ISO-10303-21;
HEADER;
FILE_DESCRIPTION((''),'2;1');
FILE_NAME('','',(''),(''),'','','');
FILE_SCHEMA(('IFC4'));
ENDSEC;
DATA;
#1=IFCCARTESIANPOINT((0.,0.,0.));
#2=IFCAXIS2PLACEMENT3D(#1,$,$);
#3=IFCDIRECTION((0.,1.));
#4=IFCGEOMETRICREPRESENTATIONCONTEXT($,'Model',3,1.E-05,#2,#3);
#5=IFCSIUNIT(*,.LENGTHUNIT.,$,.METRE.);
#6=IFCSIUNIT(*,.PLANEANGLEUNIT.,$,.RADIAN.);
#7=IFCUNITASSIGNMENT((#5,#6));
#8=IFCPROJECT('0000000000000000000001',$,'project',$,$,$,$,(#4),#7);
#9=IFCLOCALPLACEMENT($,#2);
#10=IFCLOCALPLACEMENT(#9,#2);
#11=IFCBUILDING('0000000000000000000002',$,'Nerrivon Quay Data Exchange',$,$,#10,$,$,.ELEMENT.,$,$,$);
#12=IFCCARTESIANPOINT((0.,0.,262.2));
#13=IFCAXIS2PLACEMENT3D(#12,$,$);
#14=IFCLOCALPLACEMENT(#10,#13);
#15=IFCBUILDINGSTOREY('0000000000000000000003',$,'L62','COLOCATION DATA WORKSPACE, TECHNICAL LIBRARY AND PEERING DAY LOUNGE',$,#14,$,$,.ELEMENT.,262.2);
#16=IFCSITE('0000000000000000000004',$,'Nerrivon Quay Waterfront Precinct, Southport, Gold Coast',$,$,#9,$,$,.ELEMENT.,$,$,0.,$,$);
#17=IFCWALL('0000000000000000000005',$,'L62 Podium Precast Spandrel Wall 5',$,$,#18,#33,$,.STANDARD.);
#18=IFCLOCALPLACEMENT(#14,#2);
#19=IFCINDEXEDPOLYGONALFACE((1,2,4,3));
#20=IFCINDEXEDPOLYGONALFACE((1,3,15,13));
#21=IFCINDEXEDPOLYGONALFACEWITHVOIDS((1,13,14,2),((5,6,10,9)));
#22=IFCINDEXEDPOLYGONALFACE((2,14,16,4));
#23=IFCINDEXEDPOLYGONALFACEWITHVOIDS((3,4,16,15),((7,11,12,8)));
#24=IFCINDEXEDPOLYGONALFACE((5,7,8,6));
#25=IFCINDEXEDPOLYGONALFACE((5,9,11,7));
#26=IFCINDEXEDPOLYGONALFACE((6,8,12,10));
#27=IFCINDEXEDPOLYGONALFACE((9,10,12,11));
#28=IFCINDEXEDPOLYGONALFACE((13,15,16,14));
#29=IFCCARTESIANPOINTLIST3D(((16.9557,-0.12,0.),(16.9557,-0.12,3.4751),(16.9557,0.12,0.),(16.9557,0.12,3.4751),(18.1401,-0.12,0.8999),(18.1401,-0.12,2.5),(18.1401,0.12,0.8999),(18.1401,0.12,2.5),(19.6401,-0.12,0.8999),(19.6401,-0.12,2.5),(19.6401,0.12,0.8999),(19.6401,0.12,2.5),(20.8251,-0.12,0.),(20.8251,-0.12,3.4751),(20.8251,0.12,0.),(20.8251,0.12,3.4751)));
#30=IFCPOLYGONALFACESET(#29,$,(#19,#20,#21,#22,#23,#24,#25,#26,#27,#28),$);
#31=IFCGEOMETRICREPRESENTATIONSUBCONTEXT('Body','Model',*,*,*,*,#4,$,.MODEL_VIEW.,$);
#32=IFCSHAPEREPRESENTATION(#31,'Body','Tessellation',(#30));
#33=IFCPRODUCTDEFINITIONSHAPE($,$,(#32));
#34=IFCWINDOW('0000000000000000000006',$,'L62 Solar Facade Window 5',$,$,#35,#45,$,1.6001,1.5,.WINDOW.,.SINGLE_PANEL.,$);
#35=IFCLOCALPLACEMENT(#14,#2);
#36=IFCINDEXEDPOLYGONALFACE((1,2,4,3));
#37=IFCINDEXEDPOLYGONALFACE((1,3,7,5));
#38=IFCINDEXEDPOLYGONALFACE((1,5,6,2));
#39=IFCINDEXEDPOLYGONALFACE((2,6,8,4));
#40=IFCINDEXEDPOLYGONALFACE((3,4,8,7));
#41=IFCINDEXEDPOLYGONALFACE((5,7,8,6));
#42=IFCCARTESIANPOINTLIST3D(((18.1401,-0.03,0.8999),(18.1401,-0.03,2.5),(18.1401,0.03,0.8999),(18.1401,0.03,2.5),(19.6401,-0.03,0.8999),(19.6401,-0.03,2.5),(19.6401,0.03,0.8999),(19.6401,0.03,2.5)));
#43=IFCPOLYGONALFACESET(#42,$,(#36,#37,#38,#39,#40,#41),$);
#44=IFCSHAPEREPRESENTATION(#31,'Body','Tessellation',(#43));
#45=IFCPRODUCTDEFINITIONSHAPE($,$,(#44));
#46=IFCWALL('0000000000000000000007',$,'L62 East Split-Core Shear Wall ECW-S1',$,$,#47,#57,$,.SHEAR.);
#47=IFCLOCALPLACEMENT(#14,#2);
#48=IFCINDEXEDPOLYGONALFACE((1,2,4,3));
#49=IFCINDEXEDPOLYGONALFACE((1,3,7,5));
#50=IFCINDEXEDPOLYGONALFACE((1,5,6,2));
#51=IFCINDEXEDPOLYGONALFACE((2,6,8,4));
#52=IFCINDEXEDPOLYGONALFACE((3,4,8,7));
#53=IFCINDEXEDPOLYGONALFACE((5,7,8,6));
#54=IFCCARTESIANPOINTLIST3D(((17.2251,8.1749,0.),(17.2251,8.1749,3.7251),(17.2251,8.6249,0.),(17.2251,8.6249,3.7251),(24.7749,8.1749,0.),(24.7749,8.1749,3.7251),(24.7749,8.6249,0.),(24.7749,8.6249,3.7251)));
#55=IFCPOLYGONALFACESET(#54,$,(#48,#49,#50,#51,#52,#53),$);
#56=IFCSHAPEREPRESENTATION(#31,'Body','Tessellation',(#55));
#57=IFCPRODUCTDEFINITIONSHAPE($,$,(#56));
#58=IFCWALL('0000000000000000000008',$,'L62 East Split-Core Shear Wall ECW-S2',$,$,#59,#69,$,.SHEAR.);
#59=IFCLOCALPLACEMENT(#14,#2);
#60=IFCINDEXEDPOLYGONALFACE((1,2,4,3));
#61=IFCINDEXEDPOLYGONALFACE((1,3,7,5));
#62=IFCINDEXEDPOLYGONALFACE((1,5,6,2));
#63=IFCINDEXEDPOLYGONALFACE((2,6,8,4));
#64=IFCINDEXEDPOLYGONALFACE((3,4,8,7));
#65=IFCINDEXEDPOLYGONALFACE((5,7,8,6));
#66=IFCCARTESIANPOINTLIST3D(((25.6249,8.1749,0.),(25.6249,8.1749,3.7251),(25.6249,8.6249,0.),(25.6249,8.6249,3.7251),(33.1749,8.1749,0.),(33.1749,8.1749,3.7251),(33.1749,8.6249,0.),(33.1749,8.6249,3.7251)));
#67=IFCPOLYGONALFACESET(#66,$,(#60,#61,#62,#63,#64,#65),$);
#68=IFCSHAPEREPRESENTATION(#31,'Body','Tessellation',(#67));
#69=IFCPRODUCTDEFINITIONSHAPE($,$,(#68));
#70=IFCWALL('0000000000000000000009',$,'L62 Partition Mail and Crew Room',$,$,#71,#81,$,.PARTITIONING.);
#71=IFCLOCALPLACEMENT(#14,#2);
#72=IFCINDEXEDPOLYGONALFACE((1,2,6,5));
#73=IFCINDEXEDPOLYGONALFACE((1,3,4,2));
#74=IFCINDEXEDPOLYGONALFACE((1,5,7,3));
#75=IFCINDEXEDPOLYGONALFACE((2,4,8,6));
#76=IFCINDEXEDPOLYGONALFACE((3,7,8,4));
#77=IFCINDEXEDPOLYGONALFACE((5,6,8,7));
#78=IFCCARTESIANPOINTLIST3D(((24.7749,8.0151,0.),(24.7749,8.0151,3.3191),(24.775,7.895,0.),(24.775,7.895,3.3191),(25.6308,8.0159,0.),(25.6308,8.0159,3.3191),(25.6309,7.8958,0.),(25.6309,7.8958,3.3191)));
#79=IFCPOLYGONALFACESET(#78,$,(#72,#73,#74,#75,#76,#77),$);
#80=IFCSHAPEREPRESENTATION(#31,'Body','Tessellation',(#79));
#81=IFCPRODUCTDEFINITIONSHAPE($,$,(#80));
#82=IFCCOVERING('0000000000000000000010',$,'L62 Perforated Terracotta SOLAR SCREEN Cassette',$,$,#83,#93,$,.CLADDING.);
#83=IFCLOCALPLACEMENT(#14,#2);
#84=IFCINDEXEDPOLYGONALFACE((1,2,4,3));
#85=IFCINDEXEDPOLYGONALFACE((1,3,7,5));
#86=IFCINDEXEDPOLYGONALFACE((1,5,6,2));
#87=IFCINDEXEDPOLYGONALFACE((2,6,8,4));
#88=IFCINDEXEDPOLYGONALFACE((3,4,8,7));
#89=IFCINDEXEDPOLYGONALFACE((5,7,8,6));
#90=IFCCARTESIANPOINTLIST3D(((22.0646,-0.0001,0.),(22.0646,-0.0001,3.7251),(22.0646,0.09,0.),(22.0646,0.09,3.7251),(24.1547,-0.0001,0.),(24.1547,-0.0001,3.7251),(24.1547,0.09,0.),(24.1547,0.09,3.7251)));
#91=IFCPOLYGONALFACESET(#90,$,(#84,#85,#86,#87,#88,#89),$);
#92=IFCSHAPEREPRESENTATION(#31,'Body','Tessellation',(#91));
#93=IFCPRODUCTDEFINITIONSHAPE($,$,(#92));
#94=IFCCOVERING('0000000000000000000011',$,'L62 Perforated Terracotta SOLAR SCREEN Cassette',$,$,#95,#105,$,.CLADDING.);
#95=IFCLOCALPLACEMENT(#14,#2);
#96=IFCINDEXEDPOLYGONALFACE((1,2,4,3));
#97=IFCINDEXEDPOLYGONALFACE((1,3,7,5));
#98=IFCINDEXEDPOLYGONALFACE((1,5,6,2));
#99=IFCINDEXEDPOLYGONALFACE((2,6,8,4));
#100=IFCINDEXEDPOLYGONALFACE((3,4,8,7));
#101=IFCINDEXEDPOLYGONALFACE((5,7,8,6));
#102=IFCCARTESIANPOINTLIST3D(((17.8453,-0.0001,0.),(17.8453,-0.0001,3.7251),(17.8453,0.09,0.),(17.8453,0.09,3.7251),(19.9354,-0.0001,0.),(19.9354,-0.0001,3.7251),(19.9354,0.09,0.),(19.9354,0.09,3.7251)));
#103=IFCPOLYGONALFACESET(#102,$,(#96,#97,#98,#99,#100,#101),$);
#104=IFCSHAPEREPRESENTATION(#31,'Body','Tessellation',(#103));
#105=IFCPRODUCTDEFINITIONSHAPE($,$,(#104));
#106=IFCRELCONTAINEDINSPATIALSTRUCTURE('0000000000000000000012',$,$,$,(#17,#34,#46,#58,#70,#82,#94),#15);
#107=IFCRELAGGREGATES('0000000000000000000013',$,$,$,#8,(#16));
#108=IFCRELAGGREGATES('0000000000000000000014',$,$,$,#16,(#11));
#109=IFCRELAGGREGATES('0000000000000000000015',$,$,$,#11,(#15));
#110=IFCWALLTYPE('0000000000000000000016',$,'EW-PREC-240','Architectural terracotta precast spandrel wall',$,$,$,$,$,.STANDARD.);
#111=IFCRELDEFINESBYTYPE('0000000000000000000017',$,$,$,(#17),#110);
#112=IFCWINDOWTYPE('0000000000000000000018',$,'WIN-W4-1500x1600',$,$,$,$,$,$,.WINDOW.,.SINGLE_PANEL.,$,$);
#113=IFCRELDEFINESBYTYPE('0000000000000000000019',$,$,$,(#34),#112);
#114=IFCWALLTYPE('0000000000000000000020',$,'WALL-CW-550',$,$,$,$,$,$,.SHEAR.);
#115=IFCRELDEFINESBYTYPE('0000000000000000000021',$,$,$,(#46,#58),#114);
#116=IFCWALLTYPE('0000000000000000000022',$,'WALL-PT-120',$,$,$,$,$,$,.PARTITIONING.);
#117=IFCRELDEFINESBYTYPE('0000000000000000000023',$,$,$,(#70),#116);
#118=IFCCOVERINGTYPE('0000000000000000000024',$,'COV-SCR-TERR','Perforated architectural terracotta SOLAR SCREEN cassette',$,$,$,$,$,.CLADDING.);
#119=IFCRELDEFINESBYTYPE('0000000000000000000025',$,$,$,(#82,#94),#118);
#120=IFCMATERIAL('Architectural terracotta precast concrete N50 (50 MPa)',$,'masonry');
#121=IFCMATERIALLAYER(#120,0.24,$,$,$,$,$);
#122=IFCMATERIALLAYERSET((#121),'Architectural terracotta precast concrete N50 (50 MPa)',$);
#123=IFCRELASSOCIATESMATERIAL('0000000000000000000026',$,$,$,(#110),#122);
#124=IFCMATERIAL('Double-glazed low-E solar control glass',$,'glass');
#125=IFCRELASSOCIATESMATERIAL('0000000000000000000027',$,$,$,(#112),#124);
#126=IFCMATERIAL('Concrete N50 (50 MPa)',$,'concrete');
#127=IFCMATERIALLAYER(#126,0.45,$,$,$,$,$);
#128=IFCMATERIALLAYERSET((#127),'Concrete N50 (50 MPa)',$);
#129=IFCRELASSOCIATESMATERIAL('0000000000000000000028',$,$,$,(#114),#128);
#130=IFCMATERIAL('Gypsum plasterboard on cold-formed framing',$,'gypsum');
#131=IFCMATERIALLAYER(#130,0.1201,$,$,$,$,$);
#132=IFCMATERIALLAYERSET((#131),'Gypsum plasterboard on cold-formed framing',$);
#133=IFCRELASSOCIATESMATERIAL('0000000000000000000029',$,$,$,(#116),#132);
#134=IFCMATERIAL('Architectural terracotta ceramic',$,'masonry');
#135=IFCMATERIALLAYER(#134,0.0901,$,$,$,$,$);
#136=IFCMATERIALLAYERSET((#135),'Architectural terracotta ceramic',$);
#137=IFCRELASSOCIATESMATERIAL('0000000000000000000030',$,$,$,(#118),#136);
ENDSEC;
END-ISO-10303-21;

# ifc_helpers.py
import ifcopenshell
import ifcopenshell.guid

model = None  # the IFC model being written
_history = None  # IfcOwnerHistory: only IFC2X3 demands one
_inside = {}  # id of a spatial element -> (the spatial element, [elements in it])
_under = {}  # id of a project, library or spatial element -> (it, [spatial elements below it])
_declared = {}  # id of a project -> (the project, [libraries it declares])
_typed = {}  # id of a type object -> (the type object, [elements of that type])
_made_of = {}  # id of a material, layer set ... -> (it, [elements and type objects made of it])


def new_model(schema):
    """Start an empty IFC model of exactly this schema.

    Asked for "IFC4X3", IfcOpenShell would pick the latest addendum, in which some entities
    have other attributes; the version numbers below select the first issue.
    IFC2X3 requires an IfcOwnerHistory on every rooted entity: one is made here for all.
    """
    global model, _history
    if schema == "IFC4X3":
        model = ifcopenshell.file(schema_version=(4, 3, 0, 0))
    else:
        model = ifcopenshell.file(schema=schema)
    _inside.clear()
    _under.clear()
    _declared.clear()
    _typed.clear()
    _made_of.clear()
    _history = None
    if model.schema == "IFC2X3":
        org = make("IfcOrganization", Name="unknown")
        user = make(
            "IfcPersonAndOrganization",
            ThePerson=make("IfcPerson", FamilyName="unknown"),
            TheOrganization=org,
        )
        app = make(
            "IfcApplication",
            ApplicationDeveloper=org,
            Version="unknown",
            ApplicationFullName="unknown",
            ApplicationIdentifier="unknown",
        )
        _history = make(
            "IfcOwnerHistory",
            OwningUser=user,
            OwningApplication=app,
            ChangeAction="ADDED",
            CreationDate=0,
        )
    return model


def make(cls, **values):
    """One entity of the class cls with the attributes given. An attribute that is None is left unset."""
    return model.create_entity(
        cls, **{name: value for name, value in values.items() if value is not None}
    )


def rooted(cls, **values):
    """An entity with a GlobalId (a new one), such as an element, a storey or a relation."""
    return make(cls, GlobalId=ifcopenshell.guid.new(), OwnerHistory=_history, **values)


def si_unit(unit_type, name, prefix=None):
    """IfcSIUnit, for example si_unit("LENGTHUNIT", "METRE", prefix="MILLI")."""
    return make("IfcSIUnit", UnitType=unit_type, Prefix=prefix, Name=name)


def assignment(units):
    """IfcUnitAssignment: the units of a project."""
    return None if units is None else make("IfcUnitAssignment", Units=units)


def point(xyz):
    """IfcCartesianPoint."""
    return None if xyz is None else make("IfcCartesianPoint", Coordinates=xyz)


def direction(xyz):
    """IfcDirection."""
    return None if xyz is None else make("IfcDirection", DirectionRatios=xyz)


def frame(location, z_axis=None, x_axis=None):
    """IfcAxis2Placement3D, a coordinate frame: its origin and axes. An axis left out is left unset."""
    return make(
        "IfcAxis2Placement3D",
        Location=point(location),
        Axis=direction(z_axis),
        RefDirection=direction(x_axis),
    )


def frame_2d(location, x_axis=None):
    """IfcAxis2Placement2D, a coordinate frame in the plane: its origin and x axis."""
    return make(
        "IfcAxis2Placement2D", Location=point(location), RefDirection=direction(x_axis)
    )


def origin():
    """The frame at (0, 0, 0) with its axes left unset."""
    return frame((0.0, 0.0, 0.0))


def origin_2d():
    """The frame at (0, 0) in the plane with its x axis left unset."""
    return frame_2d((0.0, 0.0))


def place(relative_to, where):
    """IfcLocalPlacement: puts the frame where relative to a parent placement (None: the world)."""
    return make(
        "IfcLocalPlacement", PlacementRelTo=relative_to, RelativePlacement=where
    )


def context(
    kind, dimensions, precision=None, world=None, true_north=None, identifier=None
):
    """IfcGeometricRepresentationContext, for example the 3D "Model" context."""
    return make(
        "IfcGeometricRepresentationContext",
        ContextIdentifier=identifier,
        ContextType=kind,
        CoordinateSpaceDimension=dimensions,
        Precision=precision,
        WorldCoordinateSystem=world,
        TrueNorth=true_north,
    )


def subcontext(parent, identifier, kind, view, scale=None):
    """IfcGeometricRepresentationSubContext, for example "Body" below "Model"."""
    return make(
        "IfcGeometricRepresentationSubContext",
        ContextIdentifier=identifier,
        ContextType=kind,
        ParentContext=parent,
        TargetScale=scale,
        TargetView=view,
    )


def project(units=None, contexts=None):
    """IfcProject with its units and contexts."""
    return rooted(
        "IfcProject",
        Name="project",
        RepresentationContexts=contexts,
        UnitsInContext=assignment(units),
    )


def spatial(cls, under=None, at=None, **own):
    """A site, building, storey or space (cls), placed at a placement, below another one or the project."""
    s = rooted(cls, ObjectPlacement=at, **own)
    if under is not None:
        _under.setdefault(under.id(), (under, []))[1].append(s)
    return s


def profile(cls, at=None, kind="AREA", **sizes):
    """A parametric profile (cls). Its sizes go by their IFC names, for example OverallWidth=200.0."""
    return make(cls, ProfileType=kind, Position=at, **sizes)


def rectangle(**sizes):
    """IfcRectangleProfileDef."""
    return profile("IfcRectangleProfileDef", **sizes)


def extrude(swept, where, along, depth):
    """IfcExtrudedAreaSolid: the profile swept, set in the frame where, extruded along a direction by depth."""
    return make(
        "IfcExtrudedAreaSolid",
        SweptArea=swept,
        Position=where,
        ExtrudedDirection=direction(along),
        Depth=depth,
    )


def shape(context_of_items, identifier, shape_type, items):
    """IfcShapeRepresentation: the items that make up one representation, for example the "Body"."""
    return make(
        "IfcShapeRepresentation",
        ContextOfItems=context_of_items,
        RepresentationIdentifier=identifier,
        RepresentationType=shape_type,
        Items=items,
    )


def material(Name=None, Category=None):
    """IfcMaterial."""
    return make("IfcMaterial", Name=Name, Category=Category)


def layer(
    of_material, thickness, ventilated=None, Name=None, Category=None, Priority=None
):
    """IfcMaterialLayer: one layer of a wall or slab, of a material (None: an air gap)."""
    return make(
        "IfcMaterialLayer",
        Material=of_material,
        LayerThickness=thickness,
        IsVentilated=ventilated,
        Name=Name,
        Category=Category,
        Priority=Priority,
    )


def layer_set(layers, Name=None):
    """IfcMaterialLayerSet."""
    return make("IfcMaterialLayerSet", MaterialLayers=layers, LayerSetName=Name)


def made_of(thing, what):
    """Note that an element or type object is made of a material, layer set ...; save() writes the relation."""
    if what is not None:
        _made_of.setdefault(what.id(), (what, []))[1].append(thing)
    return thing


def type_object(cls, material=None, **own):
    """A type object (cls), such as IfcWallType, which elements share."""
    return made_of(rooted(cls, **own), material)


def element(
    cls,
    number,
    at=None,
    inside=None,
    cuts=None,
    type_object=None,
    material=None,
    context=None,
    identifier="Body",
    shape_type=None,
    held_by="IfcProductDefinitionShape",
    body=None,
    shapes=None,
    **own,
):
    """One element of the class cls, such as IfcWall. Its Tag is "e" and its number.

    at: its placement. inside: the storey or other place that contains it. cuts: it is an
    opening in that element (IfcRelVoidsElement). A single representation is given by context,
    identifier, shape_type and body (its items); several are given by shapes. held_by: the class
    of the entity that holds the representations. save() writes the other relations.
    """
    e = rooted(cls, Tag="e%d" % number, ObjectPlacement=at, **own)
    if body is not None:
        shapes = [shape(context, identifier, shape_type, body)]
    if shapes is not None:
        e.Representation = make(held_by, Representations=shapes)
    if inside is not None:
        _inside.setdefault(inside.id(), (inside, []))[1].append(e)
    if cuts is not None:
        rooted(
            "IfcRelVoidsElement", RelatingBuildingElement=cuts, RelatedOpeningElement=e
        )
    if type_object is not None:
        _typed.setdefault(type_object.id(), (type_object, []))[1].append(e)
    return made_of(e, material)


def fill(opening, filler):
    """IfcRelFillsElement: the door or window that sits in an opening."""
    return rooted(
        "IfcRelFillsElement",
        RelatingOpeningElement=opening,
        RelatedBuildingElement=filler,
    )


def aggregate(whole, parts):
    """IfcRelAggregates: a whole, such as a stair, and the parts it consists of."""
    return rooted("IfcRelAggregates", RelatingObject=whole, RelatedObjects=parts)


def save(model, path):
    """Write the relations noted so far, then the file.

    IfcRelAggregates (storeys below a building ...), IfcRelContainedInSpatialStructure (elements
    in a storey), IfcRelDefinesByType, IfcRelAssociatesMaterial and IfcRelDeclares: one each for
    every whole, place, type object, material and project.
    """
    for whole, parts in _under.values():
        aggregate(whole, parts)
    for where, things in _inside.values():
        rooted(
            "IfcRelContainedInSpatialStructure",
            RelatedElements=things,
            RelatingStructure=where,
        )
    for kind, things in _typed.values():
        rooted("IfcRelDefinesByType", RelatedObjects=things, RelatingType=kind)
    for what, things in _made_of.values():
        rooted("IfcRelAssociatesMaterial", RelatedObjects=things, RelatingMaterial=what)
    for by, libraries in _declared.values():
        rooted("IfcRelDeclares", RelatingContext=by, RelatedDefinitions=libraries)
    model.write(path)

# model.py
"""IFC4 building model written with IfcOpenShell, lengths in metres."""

from ifc_helpers import new_model, si_unit, direction, frame, frame_2d, origin, origin_2d, place, context, subcontext, project, spatial, rectangle, extrude, material, layer, layer_set, type_object, element, fill, save


model = new_model("IFC4")

# Units and contexts
model_context = context("Model", 3, precision=1e-05, world=origin(), true_north=direction((0.0, 1.0)))
body_context = subcontext(model_context, "Body", "Model", "MODEL_VIEW")
ifc_project = project(units=[si_unit("LENGTHUNIT", "METRE"), si_unit("PLANEANGLEUNIT", "RADIAN")], contexts=[model_context])

# Site, building, storey
site_placement = place(None, origin())
site = spatial("IfcSite", under=ifc_project, at=site_placement, Name="Nerrivon Quay Waterfront Precinct, Southport, Gold Coast", CompositionType="ELEMENT", RefElevation=0.0)
building_placement = place(site_placement, origin())
building = spatial("IfcBuilding", under=site, at=building_placement, Name="Nerrivon Quay Data Exchange", CompositionType="ELEMENT")
storey_placement = place(building_placement, frame((0.0, 0.0, 262.2)))
storey = spatial("IfcBuildingStorey", under=building, at=storey_placement, Name="L62", Description="COLOCATION DATA WORKSPACE, TECHNICAL LIBRARY AND PEERING DAY LOUNGE", CompositionType="ELEMENT", Elevation=262.2)

# Shared definitions
ifc_material_1 = material(Name="Concrete N50 (50 MPa)", Category="concrete")

# Shared definitions
ifc_material_2 = material(Name="Double-glazed low-E solar control glass", Category="glass")

# Wall, opening, window
ifc_material_3 = material(Name="Architectural terracotta precast concrete N50 (50 MPa)", Category="masonry")
ifc_layer_1 = layer(ifc_material_3, 0.24)
ifc_layer_set_1 = layer_set([ifc_layer_1], Name="Architectural terracotta precast concrete N50 (50 MPa)")
wall_type_1 = type_object("IfcWallType", Name="EW-PREC-240", Description="Architectural terracotta precast spandrel wall", PredefinedType="STANDARD", material=ifc_layer_set_1)
wall_1_placement = place(storey_placement, frame((20.825, 0.0, 0.0), z_axis=(0.0, 0.0, 1.0), x_axis=(-1.0, 0.0, 0.0)))
wall_1 = element("IfcWall", 1, at=wall_1_placement, inside=storey, type_object=wall_type_1, Name="L62 Podium Precast Spandrel Wall 5", PredefinedType="STANDARD", context=body_context, shape_type="SweptSolid", body=[
    extrude(rectangle(XDim=3.8694, YDim=0.24, at=frame_2d((1.9346, 0.0))), origin(), (0.0, 0.0, 1.0), 3.4751),
])
opening_1_placement = place(wall_1_placement, frame((1.1848, 0.0, 0.8999)))
opening_1 = element("IfcOpeningElement", 2, at=opening_1_placement, cuts=wall_1, PredefinedType="OPENING", context=body_context, shape_type="SweptSolid", body=[
    extrude(rectangle(XDim=1.5, YDim=1.6001, at=frame_2d((0.75, 0.8))), frame((0.0, 0.1299, 0.0), z_axis=(0.0, -1.0, 0.0), x_axis=(1.0, 0.0, 0.0)), (0.0, 0.0, 1.0), 0.26),
])
window_type = type_object("IfcWindowType", Name="WIN-W4-1500x1600", PartitioningType="SINGLE_PANEL", PredefinedType="WINDOW", material=ifc_material_2)
window_placement = place(opening_1_placement, origin())
window = element("IfcWindow", 3, at=window_placement, inside=storey, type_object=window_type, Name="L62 Solar Facade Window 5", OverallHeight=1.6001, OverallWidth=1.5, PartitioningType="SINGLE_PANEL", PredefinedType="WINDOW", context=body_context, shape_type="SweptSolid", body=[
    extrude(rectangle(XDim=1.5, YDim=1.6001, at=frame_2d((0.75, 0.8))), frame((0.0, 0.03, 0.0), z_axis=(0.0, -1.0, 0.0), x_axis=(1.0, 0.0, 0.0)), (0.0, 0.0, 1.0), 0.0601),
])
fill(opening_1, window)

# Walls
ifc_layer_2 = layer(ifc_material_1, 0.45)
ifc_layer_set_2 = layer_set([ifc_layer_2], Name="Concrete N50 (50 MPa)")
wall_type_2 = type_object("IfcWallType", Name="WALL-CW-550", PredefinedType="SHEAR", material=ifc_layer_set_2)
wall_2_placement = place(storey_placement, frame((17.2251, 8.3999, 0.0), z_axis=(0.0, 0.0, 1.0), x_axis=(1.0, 0.0, 0.0)))
element("IfcWall", 4, at=wall_2_placement, inside=storey, type_object=wall_type_2, Name="L62 East Split-Core Shear Wall ECW-S1", PredefinedType="SHEAR", context=body_context, shape_type="SweptSolid", body=[
    extrude(rectangle(XDim=7.5498, YDim=0.45, at=frame_2d((3.7749, 0.0))), origin(), (0.0, 0.0, 1.0), 3.7251),
])
wall_3_placement = place(storey_placement, frame((25.625, 8.3999, 0.0), z_axis=(0.0, 0.0, 1.0), x_axis=(1.0, 0.0, 0.0)))
element("IfcWall", 5, at=wall_3_placement, inside=storey, type_object=wall_type_2, Name="L62 East Split-Core Shear Wall ECW-S2", PredefinedType="SHEAR", context=body_context, shape_type="SweptSolid", body=[
    extrude(rectangle(XDim=7.55, YDim=0.45, at=frame_2d((3.7749, 0.0))), origin(), (0.0, 0.0, 1.0), 3.7251),
])
ifc_material_4 = material(Name="Gypsum plasterboard on cold-formed framing", Category="gypsum")
ifc_layer_3 = layer(ifc_material_4, 0.1201)
ifc_layer_set_3 = layer_set([ifc_layer_3], Name="Gypsum plasterboard on cold-formed framing")
wall_type_3 = type_object("IfcWallType", Name="WALL-PT-120", PredefinedType="PARTITIONING", material=ifc_layer_set_3)
wall_4_placement = place(storey_placement, frame((25.6309, 7.9558, 0.0), z_axis=(0.0, 0.0, 1.0), x_axis=(-1.0, -0.000856, 0.0)))
element("IfcWall", 6, at=wall_4_placement, inside=storey, type_object=wall_type_3, Name="L62 Partition Mail and Crew Room", PredefinedType="PARTITIONING", context=body_context, shape_type="SweptSolid", body=[
    extrude(rectangle(XDim=0.856, YDim=0.1201, at=frame_2d((0.428, 0.0))), origin(), (0.0, 0.0, 1.0), 3.3191),
])

# Coverings
ifc_material_5 = material(Name="Architectural terracotta ceramic", Category="masonry")
ifc_layer_4 = layer(ifc_material_5, 0.0901)
ifc_layer_set_4 = layer_set([ifc_layer_4], Name="Architectural terracotta ceramic")
covering_type = type_object("IfcCoveringType", Name="COV-SCR-TERR", Description="Perforated architectural terracotta SOLAR SCREEN cassette", PredefinedType="CLADDING", material=ifc_layer_set_4)
for number, where, z_axis, x_axis, name in (
    (7, (23.1096, 0.0449, 0.0), (0.0, 0.0, 1.0), (-1.0, 0.0, 0.0), "L62 Perforated Terracotta SOLAR SCREEN Cassette"),
    (8, (18.8904, 0.0449, 0.0), (0.0, 0.0, 1.0), (-1.0, 0.0, 0.0), "L62 Perforated Terracotta SOLAR SCREEN Cassette"),
):
    element("IfcCovering", number, at=place(storey_placement, frame(where, z_axis=z_axis, x_axis=x_axis)), inside=storey, type_object=covering_type, Name=name, PredefinedType="CLADDING", context=body_context, shape_type="SweptSolid", body=[
        extrude(rectangle(XDim=2.0901, YDim=0.0901, at=origin_2d()), origin(), (0.0, 0.0, 1.0), 3.7251),
    ])

save(model, "model.ifc")
